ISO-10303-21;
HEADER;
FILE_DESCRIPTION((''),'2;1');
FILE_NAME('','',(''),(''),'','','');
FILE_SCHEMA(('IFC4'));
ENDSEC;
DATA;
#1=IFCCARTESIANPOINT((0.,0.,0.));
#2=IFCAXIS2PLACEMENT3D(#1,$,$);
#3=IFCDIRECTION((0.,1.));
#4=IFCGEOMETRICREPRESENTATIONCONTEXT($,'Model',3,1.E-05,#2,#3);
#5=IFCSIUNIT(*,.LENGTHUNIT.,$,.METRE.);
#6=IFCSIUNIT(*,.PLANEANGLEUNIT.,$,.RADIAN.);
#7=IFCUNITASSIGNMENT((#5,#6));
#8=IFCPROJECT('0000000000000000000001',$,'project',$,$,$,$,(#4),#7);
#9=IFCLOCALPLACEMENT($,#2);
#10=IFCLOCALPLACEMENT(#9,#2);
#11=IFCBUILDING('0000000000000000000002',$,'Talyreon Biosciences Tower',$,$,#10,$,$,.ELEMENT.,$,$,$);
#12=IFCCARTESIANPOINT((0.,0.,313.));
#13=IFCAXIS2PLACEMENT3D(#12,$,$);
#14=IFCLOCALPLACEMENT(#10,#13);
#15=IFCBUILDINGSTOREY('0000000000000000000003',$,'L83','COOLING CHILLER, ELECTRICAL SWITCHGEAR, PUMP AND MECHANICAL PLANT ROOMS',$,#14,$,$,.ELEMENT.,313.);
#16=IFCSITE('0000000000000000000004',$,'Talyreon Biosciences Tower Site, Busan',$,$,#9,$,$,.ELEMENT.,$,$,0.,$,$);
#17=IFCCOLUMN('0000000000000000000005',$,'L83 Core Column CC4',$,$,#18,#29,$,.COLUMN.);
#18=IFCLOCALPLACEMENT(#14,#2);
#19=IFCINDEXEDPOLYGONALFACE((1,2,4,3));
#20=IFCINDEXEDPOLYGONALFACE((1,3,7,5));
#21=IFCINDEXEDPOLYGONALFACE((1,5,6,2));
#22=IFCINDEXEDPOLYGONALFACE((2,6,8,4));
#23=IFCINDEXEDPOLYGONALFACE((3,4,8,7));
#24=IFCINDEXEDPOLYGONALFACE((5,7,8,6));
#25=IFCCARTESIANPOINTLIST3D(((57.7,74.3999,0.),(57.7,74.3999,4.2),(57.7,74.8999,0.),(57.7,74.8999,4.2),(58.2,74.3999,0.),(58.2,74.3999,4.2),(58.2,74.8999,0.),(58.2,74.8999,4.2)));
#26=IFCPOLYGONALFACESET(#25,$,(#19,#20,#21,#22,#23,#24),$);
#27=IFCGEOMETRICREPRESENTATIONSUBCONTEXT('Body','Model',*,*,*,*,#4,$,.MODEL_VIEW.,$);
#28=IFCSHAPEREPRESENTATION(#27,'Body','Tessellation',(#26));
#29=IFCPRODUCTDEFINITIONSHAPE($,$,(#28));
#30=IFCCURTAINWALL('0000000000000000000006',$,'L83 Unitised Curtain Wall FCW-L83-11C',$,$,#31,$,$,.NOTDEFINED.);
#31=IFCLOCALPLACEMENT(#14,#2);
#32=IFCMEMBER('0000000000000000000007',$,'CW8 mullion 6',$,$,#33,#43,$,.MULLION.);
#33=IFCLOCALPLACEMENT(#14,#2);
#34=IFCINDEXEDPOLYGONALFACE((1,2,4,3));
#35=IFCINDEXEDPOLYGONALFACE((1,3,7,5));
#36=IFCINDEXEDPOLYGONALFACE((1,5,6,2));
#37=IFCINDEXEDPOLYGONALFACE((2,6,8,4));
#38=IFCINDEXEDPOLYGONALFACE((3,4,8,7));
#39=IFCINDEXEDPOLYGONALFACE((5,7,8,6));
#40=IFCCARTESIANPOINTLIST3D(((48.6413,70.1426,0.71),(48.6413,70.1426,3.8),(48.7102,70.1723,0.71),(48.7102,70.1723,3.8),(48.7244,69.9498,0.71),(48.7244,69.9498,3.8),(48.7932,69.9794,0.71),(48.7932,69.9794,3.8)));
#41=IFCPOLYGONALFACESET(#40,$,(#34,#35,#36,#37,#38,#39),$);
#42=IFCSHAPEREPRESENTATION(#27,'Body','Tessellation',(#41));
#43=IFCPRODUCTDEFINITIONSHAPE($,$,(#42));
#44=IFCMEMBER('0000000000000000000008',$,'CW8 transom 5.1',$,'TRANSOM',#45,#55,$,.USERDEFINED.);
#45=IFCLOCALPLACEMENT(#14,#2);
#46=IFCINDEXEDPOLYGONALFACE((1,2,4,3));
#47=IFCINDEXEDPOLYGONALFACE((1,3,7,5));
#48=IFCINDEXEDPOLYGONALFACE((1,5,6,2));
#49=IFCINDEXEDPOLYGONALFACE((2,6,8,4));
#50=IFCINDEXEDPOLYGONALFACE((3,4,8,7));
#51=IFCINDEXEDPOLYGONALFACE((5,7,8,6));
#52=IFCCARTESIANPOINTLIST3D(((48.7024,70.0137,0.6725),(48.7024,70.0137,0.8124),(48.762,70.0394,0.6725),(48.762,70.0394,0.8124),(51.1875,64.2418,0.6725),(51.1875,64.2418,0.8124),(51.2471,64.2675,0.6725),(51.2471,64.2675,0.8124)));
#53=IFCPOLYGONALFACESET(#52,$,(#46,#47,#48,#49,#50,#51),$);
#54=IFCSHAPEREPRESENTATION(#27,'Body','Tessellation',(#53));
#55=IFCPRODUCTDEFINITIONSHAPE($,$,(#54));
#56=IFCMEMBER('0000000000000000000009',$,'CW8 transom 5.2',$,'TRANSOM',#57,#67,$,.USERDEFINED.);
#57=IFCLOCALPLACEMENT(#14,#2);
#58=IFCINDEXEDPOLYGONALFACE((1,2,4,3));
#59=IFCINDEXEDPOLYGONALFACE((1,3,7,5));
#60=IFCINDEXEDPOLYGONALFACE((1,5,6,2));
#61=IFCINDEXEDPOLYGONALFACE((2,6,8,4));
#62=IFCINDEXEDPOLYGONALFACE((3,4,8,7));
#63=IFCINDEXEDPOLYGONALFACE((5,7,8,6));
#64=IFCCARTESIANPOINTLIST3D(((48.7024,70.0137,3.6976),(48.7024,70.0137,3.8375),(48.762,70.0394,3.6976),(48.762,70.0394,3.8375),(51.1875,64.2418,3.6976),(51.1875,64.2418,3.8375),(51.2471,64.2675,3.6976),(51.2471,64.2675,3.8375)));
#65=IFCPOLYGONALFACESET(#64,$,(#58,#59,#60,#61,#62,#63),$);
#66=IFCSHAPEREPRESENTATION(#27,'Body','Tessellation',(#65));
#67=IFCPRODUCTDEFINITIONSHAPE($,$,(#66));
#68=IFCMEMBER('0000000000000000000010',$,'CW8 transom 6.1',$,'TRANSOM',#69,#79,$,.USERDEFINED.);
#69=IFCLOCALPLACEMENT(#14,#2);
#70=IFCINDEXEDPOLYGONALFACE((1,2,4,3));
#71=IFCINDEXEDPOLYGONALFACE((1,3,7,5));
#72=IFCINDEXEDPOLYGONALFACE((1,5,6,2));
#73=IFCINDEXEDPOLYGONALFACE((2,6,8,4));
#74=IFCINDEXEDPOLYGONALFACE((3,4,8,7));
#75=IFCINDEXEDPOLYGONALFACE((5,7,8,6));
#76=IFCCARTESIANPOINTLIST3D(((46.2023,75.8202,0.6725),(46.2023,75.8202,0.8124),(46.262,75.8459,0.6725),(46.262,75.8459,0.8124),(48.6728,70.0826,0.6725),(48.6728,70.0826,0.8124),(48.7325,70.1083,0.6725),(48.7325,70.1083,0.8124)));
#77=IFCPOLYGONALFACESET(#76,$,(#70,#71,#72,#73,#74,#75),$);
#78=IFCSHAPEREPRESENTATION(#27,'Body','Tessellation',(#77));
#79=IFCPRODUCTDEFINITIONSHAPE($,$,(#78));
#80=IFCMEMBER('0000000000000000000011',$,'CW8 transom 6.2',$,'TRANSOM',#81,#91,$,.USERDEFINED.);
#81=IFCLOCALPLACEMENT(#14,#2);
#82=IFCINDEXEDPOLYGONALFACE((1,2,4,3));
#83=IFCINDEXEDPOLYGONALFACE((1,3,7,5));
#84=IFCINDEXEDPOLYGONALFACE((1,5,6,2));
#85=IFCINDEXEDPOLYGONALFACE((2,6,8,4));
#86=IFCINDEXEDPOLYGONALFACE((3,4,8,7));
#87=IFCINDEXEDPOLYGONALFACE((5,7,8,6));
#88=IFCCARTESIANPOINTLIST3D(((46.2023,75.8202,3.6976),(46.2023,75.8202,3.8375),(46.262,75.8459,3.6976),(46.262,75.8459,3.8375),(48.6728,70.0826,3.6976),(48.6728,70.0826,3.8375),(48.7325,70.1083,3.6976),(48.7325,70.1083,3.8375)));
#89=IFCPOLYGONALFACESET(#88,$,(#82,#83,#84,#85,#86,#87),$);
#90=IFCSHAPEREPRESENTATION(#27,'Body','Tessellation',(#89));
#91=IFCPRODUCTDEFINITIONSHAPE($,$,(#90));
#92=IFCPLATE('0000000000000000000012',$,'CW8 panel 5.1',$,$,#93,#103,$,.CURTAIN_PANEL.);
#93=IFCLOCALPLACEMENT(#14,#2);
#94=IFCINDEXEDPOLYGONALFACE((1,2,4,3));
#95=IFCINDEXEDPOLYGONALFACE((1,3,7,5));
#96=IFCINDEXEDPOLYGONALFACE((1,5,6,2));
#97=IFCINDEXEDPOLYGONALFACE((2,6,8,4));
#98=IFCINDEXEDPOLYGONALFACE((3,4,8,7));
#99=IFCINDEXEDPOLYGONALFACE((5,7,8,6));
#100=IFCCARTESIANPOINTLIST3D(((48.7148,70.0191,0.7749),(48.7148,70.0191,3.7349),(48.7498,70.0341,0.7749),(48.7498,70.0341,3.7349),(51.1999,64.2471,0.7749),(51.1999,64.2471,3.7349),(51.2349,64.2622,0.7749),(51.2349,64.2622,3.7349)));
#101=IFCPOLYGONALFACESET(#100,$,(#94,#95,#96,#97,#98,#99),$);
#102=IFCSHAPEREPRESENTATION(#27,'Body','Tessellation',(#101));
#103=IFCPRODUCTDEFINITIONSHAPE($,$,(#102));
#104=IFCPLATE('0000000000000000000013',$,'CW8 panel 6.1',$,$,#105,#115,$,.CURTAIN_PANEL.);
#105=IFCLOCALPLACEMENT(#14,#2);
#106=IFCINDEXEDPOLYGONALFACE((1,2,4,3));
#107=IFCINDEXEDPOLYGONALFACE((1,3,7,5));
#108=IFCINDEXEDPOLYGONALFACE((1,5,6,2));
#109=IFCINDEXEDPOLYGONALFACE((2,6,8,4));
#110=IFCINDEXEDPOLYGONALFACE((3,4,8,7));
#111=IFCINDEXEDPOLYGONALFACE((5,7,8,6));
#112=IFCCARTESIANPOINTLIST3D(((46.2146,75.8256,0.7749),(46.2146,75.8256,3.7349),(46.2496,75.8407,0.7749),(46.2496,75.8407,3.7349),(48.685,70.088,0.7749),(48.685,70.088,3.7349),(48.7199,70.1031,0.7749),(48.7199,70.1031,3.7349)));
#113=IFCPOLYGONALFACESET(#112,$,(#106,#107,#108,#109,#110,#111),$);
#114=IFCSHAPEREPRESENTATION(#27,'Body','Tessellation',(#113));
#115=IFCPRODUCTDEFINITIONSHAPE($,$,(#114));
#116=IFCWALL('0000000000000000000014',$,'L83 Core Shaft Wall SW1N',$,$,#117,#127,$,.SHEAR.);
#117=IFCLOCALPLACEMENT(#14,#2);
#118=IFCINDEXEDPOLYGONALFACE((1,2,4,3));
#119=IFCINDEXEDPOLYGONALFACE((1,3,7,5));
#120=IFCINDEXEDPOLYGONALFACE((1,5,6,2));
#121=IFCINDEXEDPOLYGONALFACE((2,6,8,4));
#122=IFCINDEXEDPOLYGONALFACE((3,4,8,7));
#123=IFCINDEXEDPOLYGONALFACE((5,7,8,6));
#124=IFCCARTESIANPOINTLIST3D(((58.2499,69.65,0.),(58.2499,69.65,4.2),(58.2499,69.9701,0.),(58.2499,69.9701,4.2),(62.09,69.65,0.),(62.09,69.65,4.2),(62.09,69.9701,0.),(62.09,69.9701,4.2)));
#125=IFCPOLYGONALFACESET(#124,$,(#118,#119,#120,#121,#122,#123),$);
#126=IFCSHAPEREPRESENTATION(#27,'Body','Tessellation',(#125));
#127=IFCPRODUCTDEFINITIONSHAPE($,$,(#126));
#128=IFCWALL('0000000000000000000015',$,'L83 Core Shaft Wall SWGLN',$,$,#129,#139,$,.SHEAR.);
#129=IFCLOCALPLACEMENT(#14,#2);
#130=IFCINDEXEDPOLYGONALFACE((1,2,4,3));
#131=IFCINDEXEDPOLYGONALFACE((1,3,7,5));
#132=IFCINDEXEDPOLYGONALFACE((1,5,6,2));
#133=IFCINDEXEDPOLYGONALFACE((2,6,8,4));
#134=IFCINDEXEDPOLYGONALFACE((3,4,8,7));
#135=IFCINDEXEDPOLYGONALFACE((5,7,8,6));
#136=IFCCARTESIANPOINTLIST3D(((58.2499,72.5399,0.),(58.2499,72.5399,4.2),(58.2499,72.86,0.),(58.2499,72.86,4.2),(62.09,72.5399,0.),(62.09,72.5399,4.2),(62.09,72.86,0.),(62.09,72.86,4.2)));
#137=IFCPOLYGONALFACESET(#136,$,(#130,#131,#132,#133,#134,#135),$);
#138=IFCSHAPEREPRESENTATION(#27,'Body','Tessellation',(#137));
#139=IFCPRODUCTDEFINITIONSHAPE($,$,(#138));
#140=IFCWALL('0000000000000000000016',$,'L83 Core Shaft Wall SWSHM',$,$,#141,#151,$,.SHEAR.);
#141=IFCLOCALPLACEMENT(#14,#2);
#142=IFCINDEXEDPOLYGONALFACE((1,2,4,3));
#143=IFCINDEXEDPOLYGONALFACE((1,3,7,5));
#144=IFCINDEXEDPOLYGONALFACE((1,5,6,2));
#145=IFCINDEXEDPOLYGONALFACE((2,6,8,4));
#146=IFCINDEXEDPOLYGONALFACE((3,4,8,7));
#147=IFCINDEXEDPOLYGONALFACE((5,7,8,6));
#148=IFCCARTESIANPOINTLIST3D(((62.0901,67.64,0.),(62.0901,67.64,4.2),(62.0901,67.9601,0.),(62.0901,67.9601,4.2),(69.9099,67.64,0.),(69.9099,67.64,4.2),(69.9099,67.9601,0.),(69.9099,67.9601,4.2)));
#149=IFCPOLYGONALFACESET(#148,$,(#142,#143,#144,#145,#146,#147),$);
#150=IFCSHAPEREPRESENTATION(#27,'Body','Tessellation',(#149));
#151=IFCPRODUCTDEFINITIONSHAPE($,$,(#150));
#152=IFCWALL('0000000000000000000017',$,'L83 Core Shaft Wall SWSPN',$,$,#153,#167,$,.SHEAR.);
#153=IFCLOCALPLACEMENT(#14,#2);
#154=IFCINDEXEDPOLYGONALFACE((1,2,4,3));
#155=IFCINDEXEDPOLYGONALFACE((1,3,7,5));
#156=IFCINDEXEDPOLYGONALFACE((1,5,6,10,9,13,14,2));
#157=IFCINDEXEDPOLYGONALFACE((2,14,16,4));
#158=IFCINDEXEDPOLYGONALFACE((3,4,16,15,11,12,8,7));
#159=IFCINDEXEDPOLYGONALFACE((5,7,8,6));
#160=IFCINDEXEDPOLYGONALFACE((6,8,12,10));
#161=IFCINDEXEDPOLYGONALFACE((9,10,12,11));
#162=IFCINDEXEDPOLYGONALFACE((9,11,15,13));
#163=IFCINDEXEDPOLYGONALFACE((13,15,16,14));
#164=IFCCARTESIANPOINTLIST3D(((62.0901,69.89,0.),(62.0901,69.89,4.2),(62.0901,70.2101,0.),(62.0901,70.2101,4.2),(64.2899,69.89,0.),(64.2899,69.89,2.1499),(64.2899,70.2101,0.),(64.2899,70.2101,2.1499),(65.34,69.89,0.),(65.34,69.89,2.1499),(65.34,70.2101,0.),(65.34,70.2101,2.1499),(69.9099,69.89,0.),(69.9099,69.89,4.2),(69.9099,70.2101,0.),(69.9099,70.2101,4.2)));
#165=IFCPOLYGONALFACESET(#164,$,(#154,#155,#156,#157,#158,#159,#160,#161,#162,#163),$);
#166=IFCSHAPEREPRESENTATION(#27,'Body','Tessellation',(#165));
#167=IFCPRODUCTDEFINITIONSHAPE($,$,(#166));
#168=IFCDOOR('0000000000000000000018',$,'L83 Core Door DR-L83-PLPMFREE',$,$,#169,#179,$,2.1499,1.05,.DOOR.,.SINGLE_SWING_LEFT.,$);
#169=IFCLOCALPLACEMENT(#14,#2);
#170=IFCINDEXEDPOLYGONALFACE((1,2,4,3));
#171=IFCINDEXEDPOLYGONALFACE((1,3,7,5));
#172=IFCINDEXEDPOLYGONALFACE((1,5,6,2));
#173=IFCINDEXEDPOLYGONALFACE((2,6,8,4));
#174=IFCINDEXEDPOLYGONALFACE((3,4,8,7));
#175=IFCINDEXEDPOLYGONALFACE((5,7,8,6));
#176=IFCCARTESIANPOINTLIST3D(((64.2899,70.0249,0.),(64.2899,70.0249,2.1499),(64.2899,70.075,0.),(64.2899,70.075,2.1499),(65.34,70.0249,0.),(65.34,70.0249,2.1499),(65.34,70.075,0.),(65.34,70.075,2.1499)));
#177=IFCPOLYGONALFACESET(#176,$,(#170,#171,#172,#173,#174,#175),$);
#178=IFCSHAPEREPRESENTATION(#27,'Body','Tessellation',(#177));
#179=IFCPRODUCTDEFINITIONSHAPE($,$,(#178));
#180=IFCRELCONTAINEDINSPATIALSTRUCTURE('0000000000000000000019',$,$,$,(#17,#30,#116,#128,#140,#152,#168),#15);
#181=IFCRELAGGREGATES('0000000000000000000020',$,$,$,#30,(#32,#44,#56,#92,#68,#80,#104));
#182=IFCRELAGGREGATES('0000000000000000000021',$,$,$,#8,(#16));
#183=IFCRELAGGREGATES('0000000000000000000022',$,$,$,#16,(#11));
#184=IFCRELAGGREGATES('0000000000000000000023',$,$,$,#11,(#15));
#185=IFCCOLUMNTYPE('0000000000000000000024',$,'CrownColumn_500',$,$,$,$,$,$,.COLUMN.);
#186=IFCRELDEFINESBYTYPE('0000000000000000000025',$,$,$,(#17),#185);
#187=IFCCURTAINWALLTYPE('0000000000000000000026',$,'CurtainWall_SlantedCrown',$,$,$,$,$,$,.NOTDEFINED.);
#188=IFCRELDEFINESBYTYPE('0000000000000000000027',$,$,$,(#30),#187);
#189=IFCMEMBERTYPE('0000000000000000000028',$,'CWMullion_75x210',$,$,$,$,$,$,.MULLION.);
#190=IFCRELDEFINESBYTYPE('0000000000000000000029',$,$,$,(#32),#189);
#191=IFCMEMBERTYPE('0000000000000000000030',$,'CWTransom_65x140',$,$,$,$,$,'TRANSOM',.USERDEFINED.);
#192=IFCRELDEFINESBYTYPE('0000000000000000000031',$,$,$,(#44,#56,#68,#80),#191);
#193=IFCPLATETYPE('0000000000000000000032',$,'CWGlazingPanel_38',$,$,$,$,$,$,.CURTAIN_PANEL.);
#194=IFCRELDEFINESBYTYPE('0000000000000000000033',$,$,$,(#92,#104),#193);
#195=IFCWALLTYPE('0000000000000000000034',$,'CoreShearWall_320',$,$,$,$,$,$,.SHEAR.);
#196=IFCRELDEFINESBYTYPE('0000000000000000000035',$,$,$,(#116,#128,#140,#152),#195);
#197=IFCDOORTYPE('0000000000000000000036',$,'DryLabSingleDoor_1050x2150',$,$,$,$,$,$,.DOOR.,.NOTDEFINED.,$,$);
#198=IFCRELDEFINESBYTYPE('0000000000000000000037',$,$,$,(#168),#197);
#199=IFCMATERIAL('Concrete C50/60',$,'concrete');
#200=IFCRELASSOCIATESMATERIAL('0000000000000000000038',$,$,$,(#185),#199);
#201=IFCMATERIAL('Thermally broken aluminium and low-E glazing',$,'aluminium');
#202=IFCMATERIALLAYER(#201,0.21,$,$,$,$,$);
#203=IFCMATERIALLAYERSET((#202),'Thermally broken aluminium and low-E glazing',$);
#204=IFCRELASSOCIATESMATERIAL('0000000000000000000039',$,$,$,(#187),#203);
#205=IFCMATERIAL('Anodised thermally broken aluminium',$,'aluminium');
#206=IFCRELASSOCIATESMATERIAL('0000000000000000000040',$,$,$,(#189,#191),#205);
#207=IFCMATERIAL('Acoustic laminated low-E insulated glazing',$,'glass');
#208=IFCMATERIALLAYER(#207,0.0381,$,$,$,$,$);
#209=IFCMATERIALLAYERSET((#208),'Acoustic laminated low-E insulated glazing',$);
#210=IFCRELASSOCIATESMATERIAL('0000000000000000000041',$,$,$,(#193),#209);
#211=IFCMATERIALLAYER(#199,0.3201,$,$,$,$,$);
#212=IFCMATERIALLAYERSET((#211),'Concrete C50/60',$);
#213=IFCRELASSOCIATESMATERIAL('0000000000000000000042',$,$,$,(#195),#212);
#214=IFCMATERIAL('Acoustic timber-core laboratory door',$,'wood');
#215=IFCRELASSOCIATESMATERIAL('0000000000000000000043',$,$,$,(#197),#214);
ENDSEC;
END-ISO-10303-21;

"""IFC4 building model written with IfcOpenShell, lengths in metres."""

from ifc_helpers import new_model, si_unit, direction, frame, frame_2d, origin, origin_2d, place, context, subcontext, project, spatial, rectangle, extrude, material, layer, layer_set, material_profile, profile_set, type_object, element, fill, aggregate, save


model = new_model("IFC4")

# Units and contexts
model_context = context("Model", 3, precision=1e-05, world=origin(), true_north=direction((0.0, 1.0)))
body_context = subcontext(model_context, "Body", "Model", "MODEL_VIEW")
ifc_project = project(units=[si_unit("LENGTHUNIT", "METRE"), si_unit("PLANEANGLEUNIT", "RADIAN")], contexts=[model_context])

# Site, building, storey
site_placement = place(None, origin())
site = spatial("IfcSite", under=ifc_project, at=site_placement, Name="Talyreon Biosciences Tower Site, Busan", CompositionType="ELEMENT", RefElevation=0.0)
building_placement = place(site_placement, origin())
building = spatial("IfcBuilding", under=site, at=building_placement, Name="Talyreon Biosciences Tower", CompositionType="ELEMENT")
storey_placement = place(building_placement, frame((0.0, 0.0, 313.0)))
storey = spatial("IfcBuildingStorey", under=building, at=storey_placement, Name="L83", Description="COOLING CHILLER, ELECTRICAL SWITCHGEAR, PUMP AND MECHANICAL PLANT ROOMS", CompositionType="ELEMENT", Elevation=313.0)

# Column
ifc_material_1 = material(Name="Concrete C50/60", Category="concrete")
ifc_material_profile_1 = material_profile(ifc_material_1, rectangle(XDim=0.5, YDim=0.5, at=origin_2d()), Name="RC 500x500")
ifc_profile_set_1 = profile_set([ifc_material_profile_1], Name="Concrete C50/60")
column_type = type_object("IfcColumnType", Name="CrownColumn_500", PredefinedType="COLUMN", material=ifc_profile_set_1)
column_placement = place(storey_placement, frame((57.95, 74.6499, 0.0), z_axis=(0.0, 0.0, 1.0), x_axis=(1.0, 0.0, 0.0)))
element("IfcColumn", 1, at=column_placement, inside=storey, type_object=column_type, Name="L83 Core Column CC4", PredefinedType="COLUMN", context=body_context, shape_type="SweptSolid", body=[
    extrude(rectangle(XDim=0.5, YDim=0.5, at=origin_2d()), origin(), (0.0, 0.0, 1.0), 4.2),
])

# Curtain wall, members, plates
ifc_material_2 = material(Name="Thermally broken aluminium and low-E glazing", Category="aluminium")
ifc_layer_1 = layer(ifc_material_2, 0.21)
ifc_layer_set_1 = layer_set([ifc_layer_1], Name="Thermally broken aluminium and low-E glazing")
curtain_wall_type = type_object("IfcCurtainWallType", Name="CurtainWall_SlantedCrown", PredefinedType="NOTDEFINED", material=ifc_layer_set_1)
curtain_wall_placement = place(storey_placement, origin())
curtain_wall = element("IfcCurtainWall", 2, at=curtain_wall_placement, inside=storey, type_object=curtain_wall_type, Name="L83 Unitised Curtain Wall FCW-L83-11C", PredefinedType="NOTDEFINED")
ifc_material_3 = material(Name="Anodised thermally broken aluminium", Category="aluminium")
ifc_material_profile_2 = material_profile(ifc_material_3, rectangle(XDim=0.075, YDim=0.21, at=origin_2d()), Name="ALUM MULLION 75x210")
ifc_profile_set_2 = profile_set([ifc_material_profile_2], Name="Anodised thermally broken aluminium")
member_type_1 = type_object("IfcMemberType", Name="CWMullion_75x210", PredefinedType="MULLION", material=ifc_profile_set_2)
member_1_placement = place(storey_placement, frame((48.7173, 70.061, 0.71), z_axis=(0.0, 0.0, 1.0), x_axis=(-0.918487, -0.395451, 0.0)))
member_1 = element("IfcMember", 3, at=member_1_placement, type_object=member_type_1, Name="CW8 mullion 6", PredefinedType="MULLION", context=body_context, shape_type="SweptSolid", body=[
    extrude(rectangle(XDim=0.075, YDim=0.21, at=origin_2d()), origin(), (0.0, 0.0, 1.0), 3.0901),
])
ifc_material_profile_3 = material_profile(ifc_material_3, rectangle(XDim=0.0649, YDim=0.1399, at=origin_2d()), Name="ALUM TRANSOM 65x140")
ifc_profile_set_3 = profile_set([ifc_material_profile_3], Name="Anodised thermally broken aluminium")
member_type_2 = type_object("IfcMemberType", Name="CWTransom_65x140", ElementType="TRANSOM", PredefinedType="USERDEFINED", material=ifc_profile_set_3)
member_2_placement = place(storey_placement, frame((51.2173, 64.2546, 0.7424), z_axis=(-0.395452, 0.918487, 0.0), x_axis=(-0.918487, -0.395452, 0.0)))
member_2 = element("IfcMember", 4, at=member_2_placement, type_object=member_type_2, Name="CW8 transom 5.1", ObjectType="TRANSOM", PredefinedType="USERDEFINED", context=body_context, shape_type="SweptSolid", body=[
    extrude(rectangle(XDim=0.0649, YDim=0.1399, at=origin_2d()), origin(), (0.0, 0.0, 1.0), 6.2842),
])
member_3_placement = place(storey_placement, frame((51.2173, 64.2546, 3.7676), z_axis=(-0.395452, 0.918487, 0.0), x_axis=(-0.918487, -0.395452, 0.0)))
member_3 = element("IfcMember", 5, at=member_3_placement, type_object=member_type_2, Name="CW8 transom 5.2", ObjectType="TRANSOM", PredefinedType="USERDEFINED", context=body_context, shape_type="SweptSolid", body=[
    extrude(rectangle(XDim=0.0649, YDim=0.1399, at=origin_2d()), origin(), (0.0, 0.0, 1.0), 6.2842),
])
member_4_placement = place(storey_placement, frame((48.7026, 70.0955, 0.7424), z_axis=(-0.395475, 0.918477, 0.0), x_axis=(-0.918477, -0.395475, 0.0)))
member_4 = element("IfcMember", 6, at=member_4_placement, type_object=member_type_2, Name="CW8 transom 6.1", ObjectType="TRANSOM", PredefinedType="USERDEFINED", context=body_context, shape_type="SweptSolid", body=[
    extrude(rectangle(XDim=0.0649, YDim=0.1399, at=origin_2d()), origin(), (0.0, 0.0, 1.0), 6.2468),
])
member_5_placement = place(storey_placement, frame((48.7026, 70.0955, 3.7676), z_axis=(-0.395475, 0.918477, 0.0), x_axis=(-0.918477, -0.395475, 0.0)))
member_5 = element("IfcMember", 7, at=member_5_placement, type_object=member_type_2, Name="CW8 transom 6.2", ObjectType="TRANSOM", PredefinedType="USERDEFINED", context=body_context, shape_type="SweptSolid", body=[
    extrude(rectangle(XDim=0.0649, YDim=0.1399, at=origin_2d()), origin(), (0.0, 0.0, 1.0), 6.2468),
])
ifc_material_4 = material(Name="Acoustic laminated low-E insulated glazing", Category="glass")
ifc_layer_2 = layer(ifc_material_4, 0.0381)
ifc_layer_set_2 = layer_set([ifc_layer_2], Name="Acoustic laminated low-E insulated glazing")
plate_type = type_object("IfcPlateType", Name="CWGlazingPanel_38", PredefinedType="CURTAIN_PANEL", material=ifc_layer_set_2)
plate_1_placement = place(storey_placement, frame((49.9749, 67.1406, 0.7749), z_axis=(0.0, 0.0, 1.0), x_axis=(-0.395451, 0.918487, 0.0)))
plate_1 = element("IfcPlate", 8, at=plate_1_placement, type_object=plate_type, Name="CW8 panel 5.1", PredefinedType="CURTAIN_PANEL", context=body_context, shape_type="SweptSolid", body=[
    extrude(rectangle(XDim=6.2842, YDim=0.0381, at=origin_2d()), origin(), (0.0, 0.0, 1.0), 2.96),
])
plate_2_placement = place(storey_placement, frame((47.4673, 72.9644, 0.7749), z_axis=(0.0, 0.0, 1.0), x_axis=(-0.395451, 0.918487, 0.0)))
plate_2 = element("IfcPlate", 9, at=plate_2_placement, type_object=plate_type, Name="CW8 panel 6.1", PredefinedType="CURTAIN_PANEL", context=body_context, shape_type="SweptSolid", body=[
    extrude(rectangle(XDim=6.2468, YDim=0.0381, at=origin_2d()), origin(), (0.0, 0.0, 1.0), 2.96),
])
aggregate(curtain_wall, [member_1, member_2, member_3, plate_1, member_4, member_5, plate_2])

# Walls
ifc_layer_3 = layer(ifc_material_1, 0.3201)
ifc_layer_set_3 = layer_set([ifc_layer_3], Name="Concrete C50/60")
wall_type_1 = type_object("IfcWallType", Name="CoreShearWall_320", PredefinedType="SHEAR", material=ifc_layer_set_3)
for number, where, z_axis, x_axis, name in (
    (10, (58.25, 69.8101, 0.0), (0.0, 0.0, 1.0), (1.0, 0.0, 0.0), "L83 Core Shaft Wall SW1N"),
    (11, (58.25, 72.7, 0.0), (0.0, 0.0, 1.0), (1.0, 0.0, 0.0), "L83 Core Shaft Wall SWGLN"),
):
    element("IfcWall", number, at=place(storey_placement, frame(where, z_axis=z_axis, x_axis=x_axis)), inside=storey, type_object=wall_type_1, Name=name, PredefinedType="SHEAR", context=body_context, shape_type="SweptSolid", body=[
        extrude(rectangle(XDim=3.8401, YDim=0.3201, at=frame_2d((1.9199, 0.0))), origin(), (0.0, 0.0, 1.0), 4.2),
    ])
wall_1_placement = place(storey_placement, frame((62.0901, 67.8, 0.0), z_axis=(0.0, 0.0, 1.0), x_axis=(1.0, 0.0, 0.0)))
element("IfcWall", 12, at=wall_1_placement, inside=storey, type_object=wall_type_1, Name="L83 Core Shaft Wall SWSHM", PredefinedType="SHEAR", context=body_context, shape_type="SweptSolid", body=[
    extrude(rectangle(XDim=7.8198, YDim=0.3201, at=frame_2d((3.9099, 0.0))), origin(), (0.0, 0.0, 1.0), 4.2),
])

# Wall, opening, door
wall_2_placement = place(storey_placement, frame((62.0901, 70.05, 0.0), z_axis=(0.0, 0.0, 1.0), x_axis=(1.0, 0.0, 0.0)))
wall_2 = element("IfcWall", 13, at=wall_2_placement, inside=storey, type_object=wall_type_1, Name="L83 Core Shaft Wall SWSPN", PredefinedType="SHEAR", context=body_context, shape_type="SweptSolid", body=[
    extrude(rectangle(XDim=7.8198, YDim=0.3201, at=frame_2d((3.9099, 0.0))), origin(), (0.0, 0.0, 1.0), 4.2),
])
opening_1_placement = place(wall_2_placement, frame((2.2, 0.0, 0.0)))
opening_1 = element("IfcOpeningElement", 14, at=opening_1_placement, cuts=wall_2, PredefinedType="OPENING", context=body_context, shape_type="SweptSolid", body=[
    extrude(rectangle(XDim=1.05, YDim=2.1499, at=frame_2d((0.5249, 1.075))), frame((0.0, 0.1699, 0.0), z_axis=(0.0, -1.0, 0.0), x_axis=(1.0, 0.0, 0.0)), (0.0, 0.0, 1.0), 0.3401),
])
ifc_material_5 = material(Name="Acoustic timber-core laboratory door", Category="wood")
door_type_1 = type_object("IfcDoorType", Name="DryLabSingleDoor_1050x2150", OperationType="NOTDEFINED", PredefinedType="DOOR", material=ifc_material_5)
door_1_placement = place(opening_1_placement, origin())
door_1 = element("IfcDoor", 15, at=door_1_placement, inside=storey, type_object=door_type_1, Name="L83 Core Door DR-L83-PLPMFREE", OperationType="SINGLE_SWING_LEFT", OverallHeight=2.1499, OverallWidth=1.05, PredefinedType="DOOR", context=body_context, shape_type="SweptSolid", body=[
    extrude(rectangle(XDim=1.05, YDim=2.1499, at=frame_2d((0.5249, 1.075))), frame((0.0, 0.0249, 0.0), z_axis=(0.0, -1.0, 0.0), x_axis=(1.0, 0.0, 0.0)), (0.0, 0.0, 1.0), 0.05),
])
fill(opening_1, door_1)

save(model, "model.ifc")
